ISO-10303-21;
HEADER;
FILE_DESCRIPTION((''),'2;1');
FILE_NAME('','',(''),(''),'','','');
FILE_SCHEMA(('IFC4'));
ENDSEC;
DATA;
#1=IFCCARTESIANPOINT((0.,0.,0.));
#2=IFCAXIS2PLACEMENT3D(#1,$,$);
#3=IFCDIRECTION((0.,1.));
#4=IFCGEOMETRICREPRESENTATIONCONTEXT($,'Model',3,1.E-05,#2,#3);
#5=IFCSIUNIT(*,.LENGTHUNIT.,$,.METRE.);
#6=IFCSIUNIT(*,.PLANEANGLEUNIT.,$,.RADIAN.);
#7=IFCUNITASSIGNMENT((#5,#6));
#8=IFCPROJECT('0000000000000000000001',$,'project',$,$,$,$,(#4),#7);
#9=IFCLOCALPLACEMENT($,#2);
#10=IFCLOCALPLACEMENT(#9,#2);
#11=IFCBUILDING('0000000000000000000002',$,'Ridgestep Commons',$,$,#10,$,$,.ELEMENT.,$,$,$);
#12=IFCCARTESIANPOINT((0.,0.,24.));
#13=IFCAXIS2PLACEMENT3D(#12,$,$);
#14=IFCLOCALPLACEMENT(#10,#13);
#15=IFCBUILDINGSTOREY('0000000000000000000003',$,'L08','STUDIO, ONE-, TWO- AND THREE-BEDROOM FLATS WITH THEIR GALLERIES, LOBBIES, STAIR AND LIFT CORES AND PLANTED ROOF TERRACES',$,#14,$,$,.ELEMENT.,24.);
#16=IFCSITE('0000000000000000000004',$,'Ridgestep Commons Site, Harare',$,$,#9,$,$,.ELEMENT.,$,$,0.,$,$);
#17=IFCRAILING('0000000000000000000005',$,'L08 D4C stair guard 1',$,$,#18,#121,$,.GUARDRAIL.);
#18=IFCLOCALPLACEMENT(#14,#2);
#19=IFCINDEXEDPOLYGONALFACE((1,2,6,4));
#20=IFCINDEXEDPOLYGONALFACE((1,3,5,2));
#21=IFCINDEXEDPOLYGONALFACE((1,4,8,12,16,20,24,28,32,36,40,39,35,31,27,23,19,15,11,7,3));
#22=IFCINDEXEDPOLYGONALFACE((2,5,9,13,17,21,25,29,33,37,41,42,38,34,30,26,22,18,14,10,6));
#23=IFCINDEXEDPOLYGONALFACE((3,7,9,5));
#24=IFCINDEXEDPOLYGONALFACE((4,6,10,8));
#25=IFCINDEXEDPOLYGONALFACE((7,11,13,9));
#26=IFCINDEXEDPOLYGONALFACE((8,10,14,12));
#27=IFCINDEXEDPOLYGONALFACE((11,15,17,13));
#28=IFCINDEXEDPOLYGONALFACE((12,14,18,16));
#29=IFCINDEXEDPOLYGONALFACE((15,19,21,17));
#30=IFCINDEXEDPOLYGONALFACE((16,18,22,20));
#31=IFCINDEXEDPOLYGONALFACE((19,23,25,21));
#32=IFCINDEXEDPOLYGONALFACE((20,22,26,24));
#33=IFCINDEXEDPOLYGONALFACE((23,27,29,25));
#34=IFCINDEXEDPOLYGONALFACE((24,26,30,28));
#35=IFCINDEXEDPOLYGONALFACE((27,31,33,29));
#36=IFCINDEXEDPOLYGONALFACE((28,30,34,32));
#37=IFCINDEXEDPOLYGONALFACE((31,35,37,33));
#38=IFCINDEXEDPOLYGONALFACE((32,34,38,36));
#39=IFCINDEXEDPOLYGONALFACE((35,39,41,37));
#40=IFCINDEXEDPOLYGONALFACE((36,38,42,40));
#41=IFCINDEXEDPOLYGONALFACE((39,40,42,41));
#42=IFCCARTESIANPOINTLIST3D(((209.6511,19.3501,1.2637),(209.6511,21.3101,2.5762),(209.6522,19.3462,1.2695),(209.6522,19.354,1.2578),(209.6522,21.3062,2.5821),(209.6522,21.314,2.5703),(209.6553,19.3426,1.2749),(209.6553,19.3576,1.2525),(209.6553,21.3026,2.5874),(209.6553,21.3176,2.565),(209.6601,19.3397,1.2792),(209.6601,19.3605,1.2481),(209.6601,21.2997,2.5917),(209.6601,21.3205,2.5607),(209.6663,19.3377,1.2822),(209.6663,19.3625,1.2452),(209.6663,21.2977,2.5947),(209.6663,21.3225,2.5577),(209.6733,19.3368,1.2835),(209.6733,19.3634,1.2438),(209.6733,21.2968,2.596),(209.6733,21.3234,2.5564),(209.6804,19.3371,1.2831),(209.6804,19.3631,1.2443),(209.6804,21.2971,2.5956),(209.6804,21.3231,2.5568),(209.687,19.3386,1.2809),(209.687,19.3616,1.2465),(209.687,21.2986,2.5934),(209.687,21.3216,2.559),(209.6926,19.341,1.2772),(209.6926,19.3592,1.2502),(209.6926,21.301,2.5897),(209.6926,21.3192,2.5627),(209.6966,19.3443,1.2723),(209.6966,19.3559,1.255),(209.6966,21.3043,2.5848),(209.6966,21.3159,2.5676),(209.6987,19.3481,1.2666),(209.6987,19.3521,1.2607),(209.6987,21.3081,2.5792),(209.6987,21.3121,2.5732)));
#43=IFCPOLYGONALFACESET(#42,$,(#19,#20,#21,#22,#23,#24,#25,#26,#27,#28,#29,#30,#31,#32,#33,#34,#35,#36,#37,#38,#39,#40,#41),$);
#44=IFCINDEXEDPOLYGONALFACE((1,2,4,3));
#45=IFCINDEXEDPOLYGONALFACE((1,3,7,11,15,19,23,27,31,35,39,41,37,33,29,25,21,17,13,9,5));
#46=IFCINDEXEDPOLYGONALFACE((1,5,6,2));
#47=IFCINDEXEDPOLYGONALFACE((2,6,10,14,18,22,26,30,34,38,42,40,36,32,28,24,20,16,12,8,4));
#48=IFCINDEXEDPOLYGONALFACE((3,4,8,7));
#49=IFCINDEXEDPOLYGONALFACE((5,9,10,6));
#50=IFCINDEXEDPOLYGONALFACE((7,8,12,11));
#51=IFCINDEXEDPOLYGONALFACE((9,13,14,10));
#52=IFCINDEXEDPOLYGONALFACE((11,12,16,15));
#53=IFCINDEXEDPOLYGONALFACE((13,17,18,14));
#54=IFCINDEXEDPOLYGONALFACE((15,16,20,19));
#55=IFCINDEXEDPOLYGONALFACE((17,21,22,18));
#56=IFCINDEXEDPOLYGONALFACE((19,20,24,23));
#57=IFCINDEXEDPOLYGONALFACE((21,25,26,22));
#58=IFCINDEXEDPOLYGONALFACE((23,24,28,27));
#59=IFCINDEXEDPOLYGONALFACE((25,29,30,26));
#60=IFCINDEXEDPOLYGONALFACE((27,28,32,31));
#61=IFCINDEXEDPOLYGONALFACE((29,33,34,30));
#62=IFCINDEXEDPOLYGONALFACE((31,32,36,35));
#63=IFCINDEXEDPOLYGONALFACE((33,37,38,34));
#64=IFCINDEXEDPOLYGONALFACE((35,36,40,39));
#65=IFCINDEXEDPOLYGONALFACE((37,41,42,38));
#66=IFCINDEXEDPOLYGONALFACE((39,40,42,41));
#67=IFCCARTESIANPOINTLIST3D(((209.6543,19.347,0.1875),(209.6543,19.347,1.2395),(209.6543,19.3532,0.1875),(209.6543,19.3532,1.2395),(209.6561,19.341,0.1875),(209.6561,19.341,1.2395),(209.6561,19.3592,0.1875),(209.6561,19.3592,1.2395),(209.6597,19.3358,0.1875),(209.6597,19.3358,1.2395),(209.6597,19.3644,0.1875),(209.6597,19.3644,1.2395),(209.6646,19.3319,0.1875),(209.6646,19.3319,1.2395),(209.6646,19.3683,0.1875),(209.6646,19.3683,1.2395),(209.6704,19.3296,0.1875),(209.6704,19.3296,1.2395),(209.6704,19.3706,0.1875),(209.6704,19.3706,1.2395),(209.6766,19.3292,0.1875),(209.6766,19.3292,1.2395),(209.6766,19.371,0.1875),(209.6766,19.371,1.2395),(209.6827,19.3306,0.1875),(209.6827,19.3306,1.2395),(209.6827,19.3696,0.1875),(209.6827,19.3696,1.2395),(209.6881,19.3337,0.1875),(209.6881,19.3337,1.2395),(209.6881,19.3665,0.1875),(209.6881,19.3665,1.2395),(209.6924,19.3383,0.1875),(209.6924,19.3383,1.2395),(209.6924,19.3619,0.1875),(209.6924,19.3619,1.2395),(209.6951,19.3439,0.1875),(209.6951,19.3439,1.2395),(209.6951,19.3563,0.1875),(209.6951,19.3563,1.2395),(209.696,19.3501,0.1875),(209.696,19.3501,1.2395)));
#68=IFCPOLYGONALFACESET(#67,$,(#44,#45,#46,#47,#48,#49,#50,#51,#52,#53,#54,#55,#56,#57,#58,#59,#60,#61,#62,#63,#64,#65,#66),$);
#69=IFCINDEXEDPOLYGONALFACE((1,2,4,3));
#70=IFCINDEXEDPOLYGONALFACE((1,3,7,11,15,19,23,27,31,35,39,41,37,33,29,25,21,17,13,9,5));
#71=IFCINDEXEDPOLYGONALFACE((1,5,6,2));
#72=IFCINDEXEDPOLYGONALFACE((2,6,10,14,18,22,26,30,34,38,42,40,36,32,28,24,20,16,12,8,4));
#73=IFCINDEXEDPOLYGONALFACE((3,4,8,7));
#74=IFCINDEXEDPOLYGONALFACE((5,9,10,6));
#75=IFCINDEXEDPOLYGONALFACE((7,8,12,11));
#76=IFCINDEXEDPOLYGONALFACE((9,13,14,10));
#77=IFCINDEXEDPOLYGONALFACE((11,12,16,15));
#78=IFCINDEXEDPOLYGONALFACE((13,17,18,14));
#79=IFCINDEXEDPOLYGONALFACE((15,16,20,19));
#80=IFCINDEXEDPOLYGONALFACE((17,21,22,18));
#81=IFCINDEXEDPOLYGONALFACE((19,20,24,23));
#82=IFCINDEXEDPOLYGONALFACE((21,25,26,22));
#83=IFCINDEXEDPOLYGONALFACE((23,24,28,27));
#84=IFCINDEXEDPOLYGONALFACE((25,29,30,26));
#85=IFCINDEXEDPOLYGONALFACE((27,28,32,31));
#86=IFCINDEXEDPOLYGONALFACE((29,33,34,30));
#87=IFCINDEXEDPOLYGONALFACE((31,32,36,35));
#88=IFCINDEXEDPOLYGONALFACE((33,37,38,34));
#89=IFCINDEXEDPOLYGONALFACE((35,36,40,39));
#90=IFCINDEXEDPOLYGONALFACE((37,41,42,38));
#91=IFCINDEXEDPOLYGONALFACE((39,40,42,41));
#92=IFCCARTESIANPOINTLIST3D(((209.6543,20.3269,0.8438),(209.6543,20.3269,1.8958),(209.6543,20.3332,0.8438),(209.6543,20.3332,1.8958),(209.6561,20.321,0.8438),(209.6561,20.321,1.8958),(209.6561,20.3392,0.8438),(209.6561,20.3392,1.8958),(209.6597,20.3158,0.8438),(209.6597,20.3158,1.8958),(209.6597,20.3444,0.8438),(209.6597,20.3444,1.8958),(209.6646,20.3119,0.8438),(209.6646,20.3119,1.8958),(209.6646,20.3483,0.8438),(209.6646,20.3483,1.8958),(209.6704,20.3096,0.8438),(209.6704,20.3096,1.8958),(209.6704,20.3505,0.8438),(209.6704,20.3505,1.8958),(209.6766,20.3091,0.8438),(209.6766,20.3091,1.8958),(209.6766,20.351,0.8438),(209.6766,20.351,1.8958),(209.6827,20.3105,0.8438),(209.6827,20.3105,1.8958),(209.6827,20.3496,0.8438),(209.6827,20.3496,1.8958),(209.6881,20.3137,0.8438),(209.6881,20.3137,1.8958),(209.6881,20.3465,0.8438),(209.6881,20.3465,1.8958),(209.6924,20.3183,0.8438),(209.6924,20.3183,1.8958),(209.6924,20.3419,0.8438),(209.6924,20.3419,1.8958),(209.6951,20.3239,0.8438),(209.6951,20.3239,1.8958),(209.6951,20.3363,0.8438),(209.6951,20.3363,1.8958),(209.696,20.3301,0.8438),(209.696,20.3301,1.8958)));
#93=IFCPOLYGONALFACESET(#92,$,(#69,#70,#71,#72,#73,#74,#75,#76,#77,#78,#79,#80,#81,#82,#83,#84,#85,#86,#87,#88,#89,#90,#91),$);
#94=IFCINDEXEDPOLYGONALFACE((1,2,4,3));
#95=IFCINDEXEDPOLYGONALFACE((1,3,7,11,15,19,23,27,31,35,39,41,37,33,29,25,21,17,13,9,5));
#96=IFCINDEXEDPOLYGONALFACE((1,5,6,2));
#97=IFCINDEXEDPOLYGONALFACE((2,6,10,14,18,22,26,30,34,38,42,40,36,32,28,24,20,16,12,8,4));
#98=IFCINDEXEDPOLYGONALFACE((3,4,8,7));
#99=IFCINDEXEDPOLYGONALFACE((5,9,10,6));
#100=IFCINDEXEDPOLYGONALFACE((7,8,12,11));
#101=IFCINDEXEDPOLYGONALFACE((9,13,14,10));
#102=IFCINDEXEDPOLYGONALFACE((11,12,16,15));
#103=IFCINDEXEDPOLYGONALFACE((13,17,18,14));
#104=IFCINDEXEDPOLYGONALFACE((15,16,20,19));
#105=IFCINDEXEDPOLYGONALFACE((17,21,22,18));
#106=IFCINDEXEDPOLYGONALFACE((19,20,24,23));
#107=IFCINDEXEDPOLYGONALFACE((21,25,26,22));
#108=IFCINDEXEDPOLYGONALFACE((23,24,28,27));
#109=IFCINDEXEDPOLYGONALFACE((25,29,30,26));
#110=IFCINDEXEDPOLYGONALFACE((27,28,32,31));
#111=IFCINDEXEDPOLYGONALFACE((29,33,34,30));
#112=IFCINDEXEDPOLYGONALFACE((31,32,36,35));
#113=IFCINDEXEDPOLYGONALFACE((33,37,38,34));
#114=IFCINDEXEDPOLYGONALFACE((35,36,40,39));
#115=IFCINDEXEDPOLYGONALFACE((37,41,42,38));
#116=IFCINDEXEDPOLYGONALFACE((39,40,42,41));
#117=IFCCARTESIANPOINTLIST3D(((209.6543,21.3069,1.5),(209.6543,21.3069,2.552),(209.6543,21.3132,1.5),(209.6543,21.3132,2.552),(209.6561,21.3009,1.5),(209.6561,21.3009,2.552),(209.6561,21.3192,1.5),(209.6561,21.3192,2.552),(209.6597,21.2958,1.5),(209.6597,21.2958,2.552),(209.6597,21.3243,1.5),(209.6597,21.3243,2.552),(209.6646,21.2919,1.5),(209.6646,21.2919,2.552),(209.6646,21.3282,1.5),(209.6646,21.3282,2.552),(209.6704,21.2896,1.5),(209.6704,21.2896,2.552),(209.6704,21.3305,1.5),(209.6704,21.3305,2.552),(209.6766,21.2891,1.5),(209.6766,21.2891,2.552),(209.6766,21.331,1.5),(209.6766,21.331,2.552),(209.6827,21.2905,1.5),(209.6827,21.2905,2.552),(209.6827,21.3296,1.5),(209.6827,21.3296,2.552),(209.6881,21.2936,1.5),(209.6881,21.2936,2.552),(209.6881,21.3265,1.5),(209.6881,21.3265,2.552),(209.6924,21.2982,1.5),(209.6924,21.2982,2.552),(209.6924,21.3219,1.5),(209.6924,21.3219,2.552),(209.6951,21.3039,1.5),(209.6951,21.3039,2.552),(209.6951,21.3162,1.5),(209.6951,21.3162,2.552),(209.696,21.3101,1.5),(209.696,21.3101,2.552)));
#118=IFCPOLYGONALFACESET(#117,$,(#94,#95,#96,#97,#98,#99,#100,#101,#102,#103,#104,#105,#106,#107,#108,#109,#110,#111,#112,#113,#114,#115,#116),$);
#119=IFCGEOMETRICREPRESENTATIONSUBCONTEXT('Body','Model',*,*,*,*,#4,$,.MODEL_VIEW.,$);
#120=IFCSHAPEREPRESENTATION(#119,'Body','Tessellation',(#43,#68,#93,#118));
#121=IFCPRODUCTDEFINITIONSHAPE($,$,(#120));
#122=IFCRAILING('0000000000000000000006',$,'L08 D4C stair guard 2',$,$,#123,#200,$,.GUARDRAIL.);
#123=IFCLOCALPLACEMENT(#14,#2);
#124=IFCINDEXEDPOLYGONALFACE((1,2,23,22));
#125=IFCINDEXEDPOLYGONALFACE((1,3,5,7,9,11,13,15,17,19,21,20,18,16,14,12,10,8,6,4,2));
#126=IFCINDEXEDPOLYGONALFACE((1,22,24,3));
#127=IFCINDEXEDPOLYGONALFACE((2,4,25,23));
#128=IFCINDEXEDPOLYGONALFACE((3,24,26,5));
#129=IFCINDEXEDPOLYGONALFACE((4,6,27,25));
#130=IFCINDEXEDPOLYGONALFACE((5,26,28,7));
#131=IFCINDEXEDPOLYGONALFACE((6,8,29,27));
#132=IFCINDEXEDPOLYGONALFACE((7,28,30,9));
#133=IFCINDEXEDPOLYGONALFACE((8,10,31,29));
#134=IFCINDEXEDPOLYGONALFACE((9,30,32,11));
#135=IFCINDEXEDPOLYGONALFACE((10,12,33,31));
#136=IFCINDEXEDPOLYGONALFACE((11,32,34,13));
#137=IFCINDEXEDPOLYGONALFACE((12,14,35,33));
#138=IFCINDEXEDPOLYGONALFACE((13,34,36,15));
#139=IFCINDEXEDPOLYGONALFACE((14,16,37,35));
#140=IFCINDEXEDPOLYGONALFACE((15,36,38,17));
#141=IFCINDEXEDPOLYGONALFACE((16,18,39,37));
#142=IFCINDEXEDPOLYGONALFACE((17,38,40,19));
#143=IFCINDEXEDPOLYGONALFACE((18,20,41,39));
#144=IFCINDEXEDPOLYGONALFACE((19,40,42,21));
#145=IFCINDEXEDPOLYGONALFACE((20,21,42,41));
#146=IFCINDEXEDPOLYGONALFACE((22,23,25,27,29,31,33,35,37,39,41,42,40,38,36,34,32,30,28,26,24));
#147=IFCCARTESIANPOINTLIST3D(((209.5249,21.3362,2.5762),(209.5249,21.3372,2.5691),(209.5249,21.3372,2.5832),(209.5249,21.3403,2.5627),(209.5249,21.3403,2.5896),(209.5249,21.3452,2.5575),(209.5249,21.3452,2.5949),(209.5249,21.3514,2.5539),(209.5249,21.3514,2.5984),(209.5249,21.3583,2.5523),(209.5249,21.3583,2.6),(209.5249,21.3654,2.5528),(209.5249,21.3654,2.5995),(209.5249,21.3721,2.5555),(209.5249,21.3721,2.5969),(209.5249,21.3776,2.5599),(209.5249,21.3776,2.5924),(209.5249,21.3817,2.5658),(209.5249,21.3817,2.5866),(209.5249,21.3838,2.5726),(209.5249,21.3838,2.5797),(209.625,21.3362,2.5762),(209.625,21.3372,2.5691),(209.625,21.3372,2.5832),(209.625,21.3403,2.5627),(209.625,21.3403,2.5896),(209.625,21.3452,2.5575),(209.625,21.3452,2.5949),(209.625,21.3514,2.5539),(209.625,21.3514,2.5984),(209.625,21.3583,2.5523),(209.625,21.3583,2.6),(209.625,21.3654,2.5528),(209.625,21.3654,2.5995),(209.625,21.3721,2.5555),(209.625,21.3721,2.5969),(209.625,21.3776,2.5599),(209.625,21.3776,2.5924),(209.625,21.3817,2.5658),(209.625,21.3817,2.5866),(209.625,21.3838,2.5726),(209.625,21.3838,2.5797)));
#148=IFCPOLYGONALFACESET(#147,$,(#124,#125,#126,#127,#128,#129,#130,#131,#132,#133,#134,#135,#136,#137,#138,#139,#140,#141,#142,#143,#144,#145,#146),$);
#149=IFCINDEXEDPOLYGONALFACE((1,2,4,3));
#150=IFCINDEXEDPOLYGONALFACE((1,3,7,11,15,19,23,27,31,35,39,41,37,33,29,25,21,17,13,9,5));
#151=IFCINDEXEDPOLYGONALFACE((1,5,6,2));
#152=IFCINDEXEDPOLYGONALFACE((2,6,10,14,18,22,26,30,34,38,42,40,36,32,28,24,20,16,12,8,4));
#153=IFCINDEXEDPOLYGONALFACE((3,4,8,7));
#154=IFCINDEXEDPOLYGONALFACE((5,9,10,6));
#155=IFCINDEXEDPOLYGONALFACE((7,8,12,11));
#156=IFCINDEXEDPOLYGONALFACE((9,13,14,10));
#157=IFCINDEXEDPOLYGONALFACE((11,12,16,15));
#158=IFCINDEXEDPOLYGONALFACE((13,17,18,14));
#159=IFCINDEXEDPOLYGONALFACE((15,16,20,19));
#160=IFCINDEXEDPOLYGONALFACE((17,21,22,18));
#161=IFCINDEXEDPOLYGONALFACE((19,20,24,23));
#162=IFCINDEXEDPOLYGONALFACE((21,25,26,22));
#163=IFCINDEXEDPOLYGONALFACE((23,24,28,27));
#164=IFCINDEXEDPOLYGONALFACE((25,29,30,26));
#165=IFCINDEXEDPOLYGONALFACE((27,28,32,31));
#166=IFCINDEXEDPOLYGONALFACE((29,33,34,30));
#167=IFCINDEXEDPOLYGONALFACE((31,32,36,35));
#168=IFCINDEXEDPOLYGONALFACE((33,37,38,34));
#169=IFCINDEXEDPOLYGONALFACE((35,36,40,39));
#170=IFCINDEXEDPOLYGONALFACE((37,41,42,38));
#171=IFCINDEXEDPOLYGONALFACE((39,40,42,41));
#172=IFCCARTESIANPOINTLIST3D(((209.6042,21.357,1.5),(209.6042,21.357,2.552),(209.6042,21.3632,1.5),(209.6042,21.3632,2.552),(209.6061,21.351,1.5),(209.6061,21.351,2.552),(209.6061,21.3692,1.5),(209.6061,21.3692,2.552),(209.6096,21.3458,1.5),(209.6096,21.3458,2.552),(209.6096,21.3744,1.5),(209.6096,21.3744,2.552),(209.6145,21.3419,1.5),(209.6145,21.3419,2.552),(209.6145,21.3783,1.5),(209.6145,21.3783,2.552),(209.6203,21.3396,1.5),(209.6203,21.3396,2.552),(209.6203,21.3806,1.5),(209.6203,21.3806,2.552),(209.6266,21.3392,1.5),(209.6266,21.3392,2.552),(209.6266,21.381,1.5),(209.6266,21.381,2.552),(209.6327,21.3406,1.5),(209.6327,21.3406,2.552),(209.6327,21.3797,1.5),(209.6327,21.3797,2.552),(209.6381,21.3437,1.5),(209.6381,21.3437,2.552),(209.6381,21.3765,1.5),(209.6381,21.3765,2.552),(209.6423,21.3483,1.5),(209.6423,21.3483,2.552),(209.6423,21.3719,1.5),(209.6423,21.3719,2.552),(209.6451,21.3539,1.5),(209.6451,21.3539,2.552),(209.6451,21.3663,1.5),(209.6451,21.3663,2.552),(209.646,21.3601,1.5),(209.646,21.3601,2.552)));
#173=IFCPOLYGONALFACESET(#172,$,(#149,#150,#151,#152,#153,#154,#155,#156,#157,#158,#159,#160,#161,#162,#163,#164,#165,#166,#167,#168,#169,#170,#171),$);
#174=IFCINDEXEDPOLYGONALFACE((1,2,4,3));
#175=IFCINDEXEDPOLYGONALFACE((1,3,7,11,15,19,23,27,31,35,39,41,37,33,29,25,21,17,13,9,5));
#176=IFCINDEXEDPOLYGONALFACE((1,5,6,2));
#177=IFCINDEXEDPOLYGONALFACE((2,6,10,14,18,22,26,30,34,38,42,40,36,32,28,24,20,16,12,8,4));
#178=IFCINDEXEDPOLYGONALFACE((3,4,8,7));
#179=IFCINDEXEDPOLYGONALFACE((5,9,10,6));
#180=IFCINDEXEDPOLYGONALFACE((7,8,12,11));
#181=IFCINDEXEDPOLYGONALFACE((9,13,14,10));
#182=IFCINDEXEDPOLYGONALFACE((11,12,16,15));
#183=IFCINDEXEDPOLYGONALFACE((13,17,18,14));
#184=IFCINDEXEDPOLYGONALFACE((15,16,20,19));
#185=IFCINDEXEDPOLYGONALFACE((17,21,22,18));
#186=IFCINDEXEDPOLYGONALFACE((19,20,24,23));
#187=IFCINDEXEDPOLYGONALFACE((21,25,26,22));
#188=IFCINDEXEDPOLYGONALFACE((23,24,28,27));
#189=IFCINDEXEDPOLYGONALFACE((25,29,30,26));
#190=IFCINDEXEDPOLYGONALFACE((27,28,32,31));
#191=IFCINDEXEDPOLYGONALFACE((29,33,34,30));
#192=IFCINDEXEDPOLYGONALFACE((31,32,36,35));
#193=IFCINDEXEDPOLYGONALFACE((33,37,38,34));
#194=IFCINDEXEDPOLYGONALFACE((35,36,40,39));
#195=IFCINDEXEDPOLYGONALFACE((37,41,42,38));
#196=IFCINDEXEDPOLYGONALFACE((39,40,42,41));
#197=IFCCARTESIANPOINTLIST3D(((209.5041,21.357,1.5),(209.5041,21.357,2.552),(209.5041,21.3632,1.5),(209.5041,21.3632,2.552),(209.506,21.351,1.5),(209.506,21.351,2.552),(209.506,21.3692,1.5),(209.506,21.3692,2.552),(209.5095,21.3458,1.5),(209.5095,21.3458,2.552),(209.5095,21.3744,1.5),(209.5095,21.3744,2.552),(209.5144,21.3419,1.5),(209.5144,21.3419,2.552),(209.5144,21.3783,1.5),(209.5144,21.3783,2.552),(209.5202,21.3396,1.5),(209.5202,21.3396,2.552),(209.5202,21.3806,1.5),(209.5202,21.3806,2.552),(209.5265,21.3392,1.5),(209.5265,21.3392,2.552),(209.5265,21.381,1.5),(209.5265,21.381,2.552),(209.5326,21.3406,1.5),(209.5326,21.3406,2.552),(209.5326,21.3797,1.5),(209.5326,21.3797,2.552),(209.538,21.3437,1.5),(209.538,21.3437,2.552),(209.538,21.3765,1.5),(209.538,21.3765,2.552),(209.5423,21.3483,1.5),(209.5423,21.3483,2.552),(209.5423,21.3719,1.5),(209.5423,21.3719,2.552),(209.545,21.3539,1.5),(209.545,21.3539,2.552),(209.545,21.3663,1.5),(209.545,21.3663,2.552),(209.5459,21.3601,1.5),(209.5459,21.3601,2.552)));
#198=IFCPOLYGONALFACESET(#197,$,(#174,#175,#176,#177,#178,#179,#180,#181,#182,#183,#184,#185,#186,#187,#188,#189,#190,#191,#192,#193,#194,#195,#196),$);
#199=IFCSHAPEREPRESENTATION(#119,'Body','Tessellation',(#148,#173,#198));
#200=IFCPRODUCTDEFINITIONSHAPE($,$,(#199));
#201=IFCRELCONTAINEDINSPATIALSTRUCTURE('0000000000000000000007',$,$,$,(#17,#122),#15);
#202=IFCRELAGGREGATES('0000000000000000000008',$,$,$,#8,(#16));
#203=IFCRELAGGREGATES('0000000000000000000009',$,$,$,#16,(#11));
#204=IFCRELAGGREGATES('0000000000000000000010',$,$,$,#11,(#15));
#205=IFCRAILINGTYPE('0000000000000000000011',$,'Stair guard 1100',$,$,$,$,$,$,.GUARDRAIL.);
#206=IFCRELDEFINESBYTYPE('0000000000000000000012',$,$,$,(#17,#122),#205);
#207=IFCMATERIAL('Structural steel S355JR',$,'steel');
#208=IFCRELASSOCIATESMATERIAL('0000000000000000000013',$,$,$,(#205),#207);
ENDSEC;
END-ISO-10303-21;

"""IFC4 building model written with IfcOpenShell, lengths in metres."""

from ifc_helpers import new_model, si_unit, direction, frame, origin, origin_2d, place, context, subcontext, project, spatial, circle, extrude, material, type_object, element, save


model = new_model("IFC4")

# Units and contexts
model_context = context("Model", 3, precision=1e-05, world=origin(), true_north=direction((0.0, 1.0)))
body_context = subcontext(model_context, "Body", "Model", "MODEL_VIEW")
ifc_project = project(units=[si_unit("LENGTHUNIT", "METRE"), si_unit("PLANEANGLEUNIT", "RADIAN")], contexts=[model_context])

# Site, building, storey
site_placement = place(None, origin())
site = spatial("IfcSite", under=ifc_project, at=site_placement, Name="Ridgestep Commons Site, Harare", CompositionType="ELEMENT", RefElevation=0.0)
building_placement = place(site_placement, origin())
building = spatial("IfcBuilding", under=site, at=building_placement, Name="Ridgestep Commons", CompositionType="ELEMENT")
storey_placement = place(building_placement, frame((0.0, 0.0, 24.0)))
storey = spatial("IfcBuildingStorey", under=building, at=storey_placement, Name="L08", Description="STUDIO, ONE-, TWO- AND THREE-BEDROOM FLATS WITH THEIR GALLERIES, LOBBIES, STAIR AND LIFT CORES AND PLANTED ROOF TERRACES", CompositionType="ELEMENT", Elevation=24.0)

# Railings
ifc_material_1 = material(Name="Structural steel S355JR", Category="steel")
railing_type_1 = type_object("IfcRailingType", Name="Stair guard 1100", PredefinedType="GUARDRAIL", material=ifc_material_1)
railing_1_placement = place(storey_placement, frame((209.675, 19.3501, 0.1875)))
element("IfcRailing", 1, at=railing_1_placement, inside=storey, type_object=railing_type_1, Name="L08 D4C stair guard 1", PredefinedType="GUARDRAIL", context=body_context, shape_type="SweptSolid", body=[
    extrude(circle(Radius=0.0239, at=origin_2d()), frame((0.0, 0.0, 1.0762), z_axis=(0.0, 0.830902, 0.556419), x_axis=(-1.0, 0.0, 0.0)), (0.0, 0.0, 1.0), 2.3589),
    extrude(circle(Radius=0.021, at=origin_2d()), origin(), (0.0, 0.0, 1.0), 1.052),
    extrude(circle(Radius=0.021, at=origin_2d()), frame((0.0, 0.98, 0.6562)), (0.0, 0.0, 1.0), 1.052),
    extrude(circle(Radius=0.021, at=origin_2d()), frame((0.0, 1.96, 1.3125)), (0.0, 0.0, 1.0), 1.052),
])
railing_2_placement = place(storey_placement, frame((209.625, 21.3601, 1.5)))
element("IfcRailing", 2, at=railing_2_placement, inside=storey, type_object=railing_type_1, Name="L08 D4C stair guard 2", PredefinedType="GUARDRAIL", context=body_context, shape_type="SweptSolid", body=[
    extrude(circle(Radius=0.0239, at=origin_2d()), frame((0.0, 0.0, 1.0762), z_axis=(-1.0, 0.0, 0.0), x_axis=(0.0, -1.0, 0.0)), (0.0, 0.0, 1.0), 0.1001),
    extrude(circle(Radius=0.021, at=origin_2d()), origin(), (0.0, 0.0, 1.0), 1.052),
    extrude(circle(Radius=0.021, at=origin_2d()), frame((-0.1001, 0.0, 0.0)), (0.0, 0.0, 1.0), 1.052),
])

save(model, "model.ifc")
